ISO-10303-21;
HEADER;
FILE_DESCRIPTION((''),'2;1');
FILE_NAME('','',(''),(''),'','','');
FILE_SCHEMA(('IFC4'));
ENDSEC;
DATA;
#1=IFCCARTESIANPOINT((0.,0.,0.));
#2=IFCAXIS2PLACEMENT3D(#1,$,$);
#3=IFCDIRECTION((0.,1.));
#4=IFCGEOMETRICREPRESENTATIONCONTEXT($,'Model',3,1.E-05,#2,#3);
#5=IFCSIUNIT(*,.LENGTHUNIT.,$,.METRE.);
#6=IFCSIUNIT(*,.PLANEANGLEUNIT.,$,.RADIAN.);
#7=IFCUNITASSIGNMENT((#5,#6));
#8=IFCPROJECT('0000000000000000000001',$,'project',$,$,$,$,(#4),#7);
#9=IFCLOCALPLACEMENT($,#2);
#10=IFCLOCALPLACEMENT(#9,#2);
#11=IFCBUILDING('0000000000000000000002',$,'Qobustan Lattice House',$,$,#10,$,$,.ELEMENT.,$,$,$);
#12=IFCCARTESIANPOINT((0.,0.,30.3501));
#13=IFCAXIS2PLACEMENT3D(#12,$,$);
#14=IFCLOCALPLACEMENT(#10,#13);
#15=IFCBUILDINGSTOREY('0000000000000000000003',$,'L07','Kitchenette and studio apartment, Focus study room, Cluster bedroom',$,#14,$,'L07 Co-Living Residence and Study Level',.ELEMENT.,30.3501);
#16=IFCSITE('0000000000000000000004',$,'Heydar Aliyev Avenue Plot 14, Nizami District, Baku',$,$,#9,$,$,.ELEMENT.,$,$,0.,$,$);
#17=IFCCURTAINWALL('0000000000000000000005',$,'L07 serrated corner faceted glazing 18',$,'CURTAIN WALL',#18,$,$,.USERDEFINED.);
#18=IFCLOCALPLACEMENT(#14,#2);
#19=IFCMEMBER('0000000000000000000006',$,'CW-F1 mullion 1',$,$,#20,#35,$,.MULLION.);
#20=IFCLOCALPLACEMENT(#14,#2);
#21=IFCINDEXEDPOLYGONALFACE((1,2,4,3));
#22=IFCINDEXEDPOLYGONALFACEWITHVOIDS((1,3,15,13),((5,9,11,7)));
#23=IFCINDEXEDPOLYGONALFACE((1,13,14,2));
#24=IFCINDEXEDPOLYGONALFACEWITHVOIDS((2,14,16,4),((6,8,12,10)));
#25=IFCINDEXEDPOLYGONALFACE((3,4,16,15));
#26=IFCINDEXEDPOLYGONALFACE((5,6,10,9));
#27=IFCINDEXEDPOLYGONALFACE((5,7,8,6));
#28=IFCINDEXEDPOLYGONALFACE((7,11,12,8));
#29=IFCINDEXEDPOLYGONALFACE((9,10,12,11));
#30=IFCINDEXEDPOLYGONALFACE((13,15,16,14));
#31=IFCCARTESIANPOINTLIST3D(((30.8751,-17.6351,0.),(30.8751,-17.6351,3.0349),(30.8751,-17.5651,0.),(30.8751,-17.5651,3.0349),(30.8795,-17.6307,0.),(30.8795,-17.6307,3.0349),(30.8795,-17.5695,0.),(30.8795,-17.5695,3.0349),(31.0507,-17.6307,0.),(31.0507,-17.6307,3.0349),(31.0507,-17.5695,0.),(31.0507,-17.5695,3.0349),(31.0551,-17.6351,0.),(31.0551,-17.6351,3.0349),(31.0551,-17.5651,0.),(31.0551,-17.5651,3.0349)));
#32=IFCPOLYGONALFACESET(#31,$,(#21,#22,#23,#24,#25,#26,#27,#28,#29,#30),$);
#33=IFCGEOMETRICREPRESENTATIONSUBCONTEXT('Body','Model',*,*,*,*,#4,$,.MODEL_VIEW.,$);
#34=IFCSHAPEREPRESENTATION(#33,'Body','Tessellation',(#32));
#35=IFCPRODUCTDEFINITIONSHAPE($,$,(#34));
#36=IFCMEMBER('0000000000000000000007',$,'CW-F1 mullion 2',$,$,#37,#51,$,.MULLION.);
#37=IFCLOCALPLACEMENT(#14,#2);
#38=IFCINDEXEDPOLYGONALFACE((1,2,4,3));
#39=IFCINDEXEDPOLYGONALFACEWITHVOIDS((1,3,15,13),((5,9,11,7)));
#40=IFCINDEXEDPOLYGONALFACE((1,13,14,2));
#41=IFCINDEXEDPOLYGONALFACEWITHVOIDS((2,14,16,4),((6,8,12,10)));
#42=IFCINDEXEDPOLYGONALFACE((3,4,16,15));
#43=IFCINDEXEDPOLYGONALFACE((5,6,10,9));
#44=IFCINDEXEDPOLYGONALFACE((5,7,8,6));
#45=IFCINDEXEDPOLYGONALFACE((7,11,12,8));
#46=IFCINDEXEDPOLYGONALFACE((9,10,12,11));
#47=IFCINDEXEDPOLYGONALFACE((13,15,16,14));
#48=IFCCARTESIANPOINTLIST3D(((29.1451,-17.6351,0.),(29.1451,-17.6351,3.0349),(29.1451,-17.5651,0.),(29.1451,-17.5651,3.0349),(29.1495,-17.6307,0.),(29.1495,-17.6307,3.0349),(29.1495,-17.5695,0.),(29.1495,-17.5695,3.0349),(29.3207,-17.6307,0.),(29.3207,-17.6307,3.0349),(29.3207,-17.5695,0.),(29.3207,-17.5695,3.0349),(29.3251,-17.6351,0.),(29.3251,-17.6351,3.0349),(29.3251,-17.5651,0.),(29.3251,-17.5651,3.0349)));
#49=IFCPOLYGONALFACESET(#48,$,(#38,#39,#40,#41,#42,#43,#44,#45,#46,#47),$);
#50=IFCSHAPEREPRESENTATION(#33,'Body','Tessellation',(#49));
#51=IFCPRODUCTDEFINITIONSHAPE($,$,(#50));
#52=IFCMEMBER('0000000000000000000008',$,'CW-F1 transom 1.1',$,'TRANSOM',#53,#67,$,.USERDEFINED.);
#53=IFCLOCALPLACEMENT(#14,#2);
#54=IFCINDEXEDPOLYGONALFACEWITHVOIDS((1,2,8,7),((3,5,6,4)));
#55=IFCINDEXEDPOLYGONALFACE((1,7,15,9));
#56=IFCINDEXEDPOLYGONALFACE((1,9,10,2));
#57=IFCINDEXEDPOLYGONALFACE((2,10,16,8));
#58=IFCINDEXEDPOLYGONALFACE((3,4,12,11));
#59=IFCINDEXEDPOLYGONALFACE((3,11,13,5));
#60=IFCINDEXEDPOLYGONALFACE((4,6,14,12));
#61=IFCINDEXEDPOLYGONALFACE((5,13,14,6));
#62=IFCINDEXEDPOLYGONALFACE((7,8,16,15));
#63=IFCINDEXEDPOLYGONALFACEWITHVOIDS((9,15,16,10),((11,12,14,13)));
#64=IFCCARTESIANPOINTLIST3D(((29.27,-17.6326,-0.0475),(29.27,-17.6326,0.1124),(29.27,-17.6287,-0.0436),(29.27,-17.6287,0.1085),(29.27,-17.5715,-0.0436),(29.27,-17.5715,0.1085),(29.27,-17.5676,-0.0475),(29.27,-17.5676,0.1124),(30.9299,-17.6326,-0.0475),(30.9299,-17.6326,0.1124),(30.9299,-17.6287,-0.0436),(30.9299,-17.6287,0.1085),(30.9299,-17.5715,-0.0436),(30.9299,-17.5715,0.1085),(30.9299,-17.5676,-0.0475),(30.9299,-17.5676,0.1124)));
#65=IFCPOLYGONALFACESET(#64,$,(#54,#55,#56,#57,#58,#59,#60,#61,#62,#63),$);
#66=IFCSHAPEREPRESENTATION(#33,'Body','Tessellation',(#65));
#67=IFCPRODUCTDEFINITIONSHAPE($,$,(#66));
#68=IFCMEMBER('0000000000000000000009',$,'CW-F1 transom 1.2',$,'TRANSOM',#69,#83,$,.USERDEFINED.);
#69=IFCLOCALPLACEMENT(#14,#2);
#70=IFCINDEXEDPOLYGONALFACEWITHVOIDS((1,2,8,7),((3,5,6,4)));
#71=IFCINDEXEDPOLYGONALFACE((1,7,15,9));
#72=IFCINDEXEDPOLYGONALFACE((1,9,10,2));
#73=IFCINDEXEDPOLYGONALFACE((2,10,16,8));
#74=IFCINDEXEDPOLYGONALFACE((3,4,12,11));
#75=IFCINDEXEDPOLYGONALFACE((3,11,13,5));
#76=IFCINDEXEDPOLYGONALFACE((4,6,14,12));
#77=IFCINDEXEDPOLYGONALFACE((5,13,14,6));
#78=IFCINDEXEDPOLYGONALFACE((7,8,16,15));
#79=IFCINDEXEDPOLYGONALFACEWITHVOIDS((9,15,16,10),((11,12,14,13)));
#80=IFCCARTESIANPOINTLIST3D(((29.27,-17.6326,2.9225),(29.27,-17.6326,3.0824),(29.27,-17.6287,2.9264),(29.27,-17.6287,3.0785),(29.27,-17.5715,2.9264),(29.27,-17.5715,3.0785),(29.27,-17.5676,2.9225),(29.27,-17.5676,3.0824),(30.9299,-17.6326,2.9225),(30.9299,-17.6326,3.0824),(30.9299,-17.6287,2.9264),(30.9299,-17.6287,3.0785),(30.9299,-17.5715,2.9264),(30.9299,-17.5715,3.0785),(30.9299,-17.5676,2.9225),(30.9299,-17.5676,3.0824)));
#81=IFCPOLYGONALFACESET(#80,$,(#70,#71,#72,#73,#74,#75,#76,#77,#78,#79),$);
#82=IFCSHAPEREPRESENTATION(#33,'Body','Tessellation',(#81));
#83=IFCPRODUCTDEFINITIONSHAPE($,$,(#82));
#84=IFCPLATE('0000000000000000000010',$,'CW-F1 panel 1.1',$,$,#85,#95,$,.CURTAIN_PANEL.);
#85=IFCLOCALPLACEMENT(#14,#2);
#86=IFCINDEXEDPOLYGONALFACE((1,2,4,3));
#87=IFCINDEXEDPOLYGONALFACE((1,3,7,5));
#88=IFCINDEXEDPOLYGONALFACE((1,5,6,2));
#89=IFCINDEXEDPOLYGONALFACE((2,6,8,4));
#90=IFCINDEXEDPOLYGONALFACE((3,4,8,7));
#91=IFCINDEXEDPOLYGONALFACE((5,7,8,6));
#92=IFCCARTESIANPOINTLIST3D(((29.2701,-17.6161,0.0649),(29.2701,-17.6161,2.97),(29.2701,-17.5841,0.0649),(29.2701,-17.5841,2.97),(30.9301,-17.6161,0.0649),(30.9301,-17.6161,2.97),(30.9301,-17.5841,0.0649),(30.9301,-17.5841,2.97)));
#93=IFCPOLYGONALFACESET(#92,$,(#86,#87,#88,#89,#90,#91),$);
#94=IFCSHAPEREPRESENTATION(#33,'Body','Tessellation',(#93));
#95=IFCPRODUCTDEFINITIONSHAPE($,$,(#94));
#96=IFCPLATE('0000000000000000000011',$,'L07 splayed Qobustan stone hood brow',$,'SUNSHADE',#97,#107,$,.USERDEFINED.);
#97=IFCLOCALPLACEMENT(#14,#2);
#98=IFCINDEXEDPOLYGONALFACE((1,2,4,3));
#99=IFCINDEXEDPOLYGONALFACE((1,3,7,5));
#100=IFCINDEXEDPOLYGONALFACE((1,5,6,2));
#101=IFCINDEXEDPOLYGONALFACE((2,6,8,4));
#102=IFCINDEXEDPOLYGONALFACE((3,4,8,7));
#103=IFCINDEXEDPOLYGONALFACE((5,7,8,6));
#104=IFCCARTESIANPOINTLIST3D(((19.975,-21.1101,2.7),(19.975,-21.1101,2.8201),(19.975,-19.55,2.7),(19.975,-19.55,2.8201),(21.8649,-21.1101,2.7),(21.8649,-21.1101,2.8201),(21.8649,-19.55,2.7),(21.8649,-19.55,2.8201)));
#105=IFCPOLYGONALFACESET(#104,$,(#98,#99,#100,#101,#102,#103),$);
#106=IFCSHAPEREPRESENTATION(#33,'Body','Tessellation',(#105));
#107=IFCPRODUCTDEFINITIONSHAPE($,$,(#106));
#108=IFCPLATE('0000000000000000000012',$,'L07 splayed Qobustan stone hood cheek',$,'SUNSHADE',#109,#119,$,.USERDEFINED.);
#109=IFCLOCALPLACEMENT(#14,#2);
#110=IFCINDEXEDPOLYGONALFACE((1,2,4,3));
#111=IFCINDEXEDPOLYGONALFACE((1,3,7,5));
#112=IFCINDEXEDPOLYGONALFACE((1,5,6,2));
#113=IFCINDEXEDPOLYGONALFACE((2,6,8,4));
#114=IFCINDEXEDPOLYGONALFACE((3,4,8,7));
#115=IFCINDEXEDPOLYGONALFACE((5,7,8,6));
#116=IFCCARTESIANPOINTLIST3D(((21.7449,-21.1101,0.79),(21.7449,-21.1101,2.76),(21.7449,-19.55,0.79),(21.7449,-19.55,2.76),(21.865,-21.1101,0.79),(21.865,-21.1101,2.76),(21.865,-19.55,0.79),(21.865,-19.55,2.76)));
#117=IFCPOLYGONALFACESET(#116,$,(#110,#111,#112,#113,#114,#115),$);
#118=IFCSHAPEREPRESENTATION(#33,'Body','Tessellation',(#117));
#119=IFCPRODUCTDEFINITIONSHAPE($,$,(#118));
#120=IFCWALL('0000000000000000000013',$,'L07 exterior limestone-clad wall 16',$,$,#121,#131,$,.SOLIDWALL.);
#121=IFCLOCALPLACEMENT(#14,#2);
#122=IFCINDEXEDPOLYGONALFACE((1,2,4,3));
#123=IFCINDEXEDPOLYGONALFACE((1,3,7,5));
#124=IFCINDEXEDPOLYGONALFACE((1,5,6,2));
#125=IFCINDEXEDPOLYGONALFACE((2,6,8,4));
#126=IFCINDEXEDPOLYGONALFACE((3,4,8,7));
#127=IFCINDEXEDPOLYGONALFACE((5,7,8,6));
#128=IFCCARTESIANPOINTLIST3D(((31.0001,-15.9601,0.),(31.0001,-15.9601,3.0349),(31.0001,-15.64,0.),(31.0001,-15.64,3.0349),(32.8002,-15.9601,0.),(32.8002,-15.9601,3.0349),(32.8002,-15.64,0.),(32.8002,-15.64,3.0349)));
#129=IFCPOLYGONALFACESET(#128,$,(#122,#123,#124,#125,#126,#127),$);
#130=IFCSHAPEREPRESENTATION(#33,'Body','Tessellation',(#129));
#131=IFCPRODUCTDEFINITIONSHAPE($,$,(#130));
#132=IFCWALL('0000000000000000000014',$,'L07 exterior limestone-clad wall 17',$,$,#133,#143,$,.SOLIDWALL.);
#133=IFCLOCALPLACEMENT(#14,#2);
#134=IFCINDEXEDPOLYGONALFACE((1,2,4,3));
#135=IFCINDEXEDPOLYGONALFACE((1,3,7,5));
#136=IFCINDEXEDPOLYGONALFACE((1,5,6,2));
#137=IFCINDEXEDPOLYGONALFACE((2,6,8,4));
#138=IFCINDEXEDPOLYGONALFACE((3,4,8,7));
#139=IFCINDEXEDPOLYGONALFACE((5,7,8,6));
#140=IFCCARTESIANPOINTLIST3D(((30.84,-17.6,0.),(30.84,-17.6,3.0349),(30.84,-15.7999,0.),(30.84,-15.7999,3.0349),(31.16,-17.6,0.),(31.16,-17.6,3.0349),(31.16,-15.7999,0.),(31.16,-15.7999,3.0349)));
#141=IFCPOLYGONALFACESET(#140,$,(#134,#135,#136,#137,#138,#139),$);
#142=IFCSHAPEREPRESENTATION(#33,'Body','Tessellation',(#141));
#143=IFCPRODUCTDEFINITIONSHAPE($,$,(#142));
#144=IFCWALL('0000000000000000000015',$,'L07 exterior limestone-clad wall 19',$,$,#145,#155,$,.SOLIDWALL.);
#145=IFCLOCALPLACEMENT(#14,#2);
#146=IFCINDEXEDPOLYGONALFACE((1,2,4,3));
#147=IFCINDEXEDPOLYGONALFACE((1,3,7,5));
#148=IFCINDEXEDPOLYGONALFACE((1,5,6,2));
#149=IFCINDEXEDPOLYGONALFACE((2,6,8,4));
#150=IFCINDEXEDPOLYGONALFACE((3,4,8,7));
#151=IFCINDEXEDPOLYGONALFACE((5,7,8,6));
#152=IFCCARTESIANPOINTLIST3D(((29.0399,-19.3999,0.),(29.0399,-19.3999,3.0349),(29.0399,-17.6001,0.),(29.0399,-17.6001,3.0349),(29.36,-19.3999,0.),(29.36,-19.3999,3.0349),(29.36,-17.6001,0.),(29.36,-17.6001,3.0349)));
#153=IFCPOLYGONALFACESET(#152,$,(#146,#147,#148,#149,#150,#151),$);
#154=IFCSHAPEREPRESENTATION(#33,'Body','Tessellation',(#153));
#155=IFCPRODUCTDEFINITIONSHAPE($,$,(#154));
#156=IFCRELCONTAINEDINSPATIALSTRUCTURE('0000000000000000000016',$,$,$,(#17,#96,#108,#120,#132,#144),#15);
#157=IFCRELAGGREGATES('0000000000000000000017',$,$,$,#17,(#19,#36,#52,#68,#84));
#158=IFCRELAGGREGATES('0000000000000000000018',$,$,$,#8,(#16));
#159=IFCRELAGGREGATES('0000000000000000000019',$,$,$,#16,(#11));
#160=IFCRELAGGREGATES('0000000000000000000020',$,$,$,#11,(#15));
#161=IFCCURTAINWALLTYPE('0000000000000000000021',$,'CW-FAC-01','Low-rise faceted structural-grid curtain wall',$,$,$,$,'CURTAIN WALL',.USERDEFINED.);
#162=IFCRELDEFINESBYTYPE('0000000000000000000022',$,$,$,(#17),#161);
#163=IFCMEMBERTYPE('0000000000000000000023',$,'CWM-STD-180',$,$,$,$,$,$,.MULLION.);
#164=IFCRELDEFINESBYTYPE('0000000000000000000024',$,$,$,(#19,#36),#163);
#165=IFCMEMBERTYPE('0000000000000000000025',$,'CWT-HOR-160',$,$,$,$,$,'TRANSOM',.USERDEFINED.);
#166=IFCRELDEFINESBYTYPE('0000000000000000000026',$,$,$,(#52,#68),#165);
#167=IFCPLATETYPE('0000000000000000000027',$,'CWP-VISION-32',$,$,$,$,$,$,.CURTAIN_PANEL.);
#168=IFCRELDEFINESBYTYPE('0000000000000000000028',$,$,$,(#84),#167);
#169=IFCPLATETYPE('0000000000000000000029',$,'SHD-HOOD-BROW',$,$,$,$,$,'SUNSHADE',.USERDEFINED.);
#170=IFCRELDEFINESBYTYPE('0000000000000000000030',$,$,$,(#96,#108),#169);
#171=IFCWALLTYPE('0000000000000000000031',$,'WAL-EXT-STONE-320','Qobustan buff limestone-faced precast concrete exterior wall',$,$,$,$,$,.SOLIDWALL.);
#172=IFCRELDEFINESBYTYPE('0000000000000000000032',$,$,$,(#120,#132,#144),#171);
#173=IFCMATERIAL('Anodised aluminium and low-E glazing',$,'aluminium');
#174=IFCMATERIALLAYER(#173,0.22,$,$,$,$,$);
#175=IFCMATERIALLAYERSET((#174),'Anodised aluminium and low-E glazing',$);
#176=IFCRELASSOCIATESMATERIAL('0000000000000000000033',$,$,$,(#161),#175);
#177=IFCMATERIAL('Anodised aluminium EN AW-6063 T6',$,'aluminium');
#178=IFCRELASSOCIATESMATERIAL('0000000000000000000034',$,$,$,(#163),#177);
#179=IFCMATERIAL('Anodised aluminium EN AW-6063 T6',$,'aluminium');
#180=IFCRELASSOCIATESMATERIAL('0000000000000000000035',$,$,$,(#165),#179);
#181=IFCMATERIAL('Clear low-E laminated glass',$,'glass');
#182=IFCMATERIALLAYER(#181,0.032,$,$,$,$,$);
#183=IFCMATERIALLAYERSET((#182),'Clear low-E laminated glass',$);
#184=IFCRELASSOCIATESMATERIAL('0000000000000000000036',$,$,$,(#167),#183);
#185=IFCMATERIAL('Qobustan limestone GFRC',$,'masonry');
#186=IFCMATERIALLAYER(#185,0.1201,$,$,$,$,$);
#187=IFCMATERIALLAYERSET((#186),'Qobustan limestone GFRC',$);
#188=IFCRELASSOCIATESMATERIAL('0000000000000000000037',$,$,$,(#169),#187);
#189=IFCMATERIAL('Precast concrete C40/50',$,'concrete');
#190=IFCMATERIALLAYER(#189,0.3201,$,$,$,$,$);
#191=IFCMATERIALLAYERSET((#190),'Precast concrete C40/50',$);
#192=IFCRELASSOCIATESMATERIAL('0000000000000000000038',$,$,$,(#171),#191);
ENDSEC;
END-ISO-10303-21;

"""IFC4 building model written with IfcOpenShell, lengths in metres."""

from ifc_helpers import new_model, si_unit, direction, frame, frame_2d, origin, origin_2d, place, context, subcontext, project, spatial, rectangle, hollow_rectangle, extrude, material, layer, layer_set, material_profile, profile_set, type_object, element, aggregate, save


model = new_model("IFC4")

# Units and contexts
model_context = context("Model", 3, precision=1e-05, world=origin(), true_north=direction((0.0, 1.0)))
body_context = subcontext(model_context, "Body", "Model", "MODEL_VIEW")
ifc_project = project(units=[si_unit("LENGTHUNIT", "METRE"), si_unit("PLANEANGLEUNIT", "RADIAN")], contexts=[model_context])

# Site, building, storey
site_placement = place(None, origin())
site = spatial("IfcSite", under=ifc_project, at=site_placement, Name="Heydar Aliyev Avenue Plot 14, Nizami District, Baku", CompositionType="ELEMENT", RefElevation=0.0)
building_placement = place(site_placement, origin())
building = spatial("IfcBuilding", under=site, at=building_placement, Name="Qobustan Lattice House", CompositionType="ELEMENT")
storey_placement = place(building_placement, frame((0.0, 0.0, 30.3501)))
storey = spatial("IfcBuildingStorey", under=building, at=storey_placement, Name="L07", Description="Kitchenette and studio apartment, Focus study room, Cluster bedroom", LongName="L07 Co-Living Residence and Study Level", CompositionType="ELEMENT", Elevation=30.3501)

# Curtain wall, members, plate
ifc_material_1 = material(Name="Anodised aluminium and low-E glazing", Category="aluminium")
ifc_layer_1 = layer(ifc_material_1, 0.22)
ifc_layer_set_1 = layer_set([ifc_layer_1], Name="Anodised aluminium and low-E glazing")
curtain_wall_type = type_object("IfcCurtainWallType", Name="CW-FAC-01", Description="Low-rise faceted structural-grid curtain wall", ElementType="CURTAIN WALL", PredefinedType="USERDEFINED", material=ifc_layer_set_1)
curtain_wall_placement = place(storey_placement, origin())
curtain_wall = element("IfcCurtainWall", 1, at=curtain_wall_placement, inside=storey, type_object=curtain_wall_type, Name="L07 serrated corner faceted glazing 18", ObjectType="CURTAIN WALL", PredefinedType="USERDEFINED")
ifc_material_2 = material(Name="Anodised aluminium EN AW-6063 T6", Category="aluminium")
ifc_material_profile_1 = material_profile(ifc_material_2, hollow_rectangle(XDim=0.0701, YDim=0.1799, WallThickness=0.0044, at=origin_2d()), Name="CWM-180x70")
ifc_profile_set_1 = profile_set([ifc_material_profile_1], Name="Anodised aluminium EN AW-6063 T6")
member_type_1 = type_object("IfcMemberType", Name="CWM-STD-180", PredefinedType="MULLION", material=ifc_profile_set_1)
member_1_placement = place(storey_placement, frame((30.9651, -17.6001, 0.0), z_axis=(0.0, 0.0, 1.0), x_axis=(0.0, -1.0, 0.0)))
member_1 = element("IfcMember", 2, at=member_1_placement, type_object=member_type_1, Name="CW-F1 mullion 1", PredefinedType="MULLION", context=body_context, shape_type="SweptSolid", body=[
    extrude(hollow_rectangle(XDim=0.0701, YDim=0.1799, WallThickness=0.0044, at=origin_2d()), origin(), (0.0, 0.0, 1.0), 3.0349),
])
member_2_placement = place(storey_placement, frame((29.2351, -17.6001, 0.0), z_axis=(0.0, 0.0, 1.0), x_axis=(0.0, -1.0, 0.0)))
member_2 = element("IfcMember", 3, at=member_2_placement, type_object=member_type_1, Name="CW-F1 mullion 2", PredefinedType="MULLION", context=body_context, shape_type="SweptSolid", body=[
    extrude(hollow_rectangle(XDim=0.0701, YDim=0.1799, WallThickness=0.0044, at=origin_2d()), origin(), (0.0, 0.0, 1.0), 3.0349),
])
ifc_material_3 = material(Name="Anodised aluminium EN AW-6063 T6", Category="aluminium")
ifc_material_profile_2 = material_profile(ifc_material_3, hollow_rectangle(XDim=0.0649, YDim=0.1599, WallThickness=0.0039, at=origin_2d()), Name="CWT-160x65")
ifc_profile_set_2 = profile_set([ifc_material_profile_2], Name="Anodised aluminium EN AW-6063 T6")
member_type_2 = type_object("IfcMemberType", Name="CWT-HOR-160", ElementType="TRANSOM", PredefinedType="USERDEFINED", material=ifc_profile_set_2)
member_3_placement = place(storey_placement, frame((30.9299, -17.6001, 0.0325), z_axis=(-1.0, 0.0, 0.0), x_axis=(0.0, -1.0, 0.0)))
member_3 = element("IfcMember", 4, at=member_3_placement, type_object=member_type_2, Name="CW-F1 transom 1.1", ObjectType="TRANSOM", PredefinedType="USERDEFINED", context=body_context, shape_type="SweptSolid", body=[
    extrude(hollow_rectangle(XDim=0.0649, YDim=0.1599, WallThickness=0.0039, at=origin_2d()), origin(), (0.0, 0.0, 1.0), 1.6599),
])
member_4_placement = place(storey_placement, frame((30.9299, -17.6001, 3.0024), z_axis=(-1.0, 0.0, 0.0), x_axis=(0.0, -1.0, 0.0)))
member_4 = element("IfcMember", 5, at=member_4_placement, type_object=member_type_2, Name="CW-F1 transom 1.2", ObjectType="TRANSOM", PredefinedType="USERDEFINED", context=body_context, shape_type="SweptSolid", body=[
    extrude(hollow_rectangle(XDim=0.0649, YDim=0.1599, WallThickness=0.0039, at=origin_2d()), origin(), (0.0, 0.0, 1.0), 1.6599),
])
ifc_material_4 = material(Name="Clear low-E laminated glass", Category="glass")
ifc_layer_2 = layer(ifc_material_4, 0.032)
ifc_layer_set_2 = layer_set([ifc_layer_2], Name="Clear low-E laminated glass")
plate_type_1 = type_object("IfcPlateType", Name="CWP-VISION-32", PredefinedType="CURTAIN_PANEL", material=ifc_layer_set_2)
plate_1_placement = place(storey_placement, frame((30.1001, -17.6001, 0.0649), z_axis=(0.0, 0.0, 1.0), x_axis=(-1.0, 0.0, 0.0)))
plate_1 = element("IfcPlate", 6, at=plate_1_placement, type_object=plate_type_1, Name="CW-F1 panel 1.1", PredefinedType="CURTAIN_PANEL", context=body_context, shape_type="SweptSolid", body=[
    extrude(rectangle(XDim=1.6599, YDim=0.032, at=origin_2d()), origin(), (0.0, 0.0, 1.0), 2.905),
])
aggregate(curtain_wall, [member_1, member_2, member_3, member_4, plate_1])

# Plates
ifc_material_5 = material(Name="Qobustan limestone GFRC", Category="masonry")
ifc_layer_3 = layer(ifc_material_5, 0.1201)
ifc_layer_set_3 = layer_set([ifc_layer_3], Name="Qobustan limestone GFRC")
plate_type_2 = type_object("IfcPlateType", Name="SHD-HOOD-BROW", ElementType="SUNSHADE", PredefinedType="USERDEFINED", material=ifc_layer_set_3)
plate_2_placement = place(storey_placement, frame((20.9199, -20.3301, 2.7), z_axis=(0.0, 0.0, 1.0), x_axis=(-1.0, 0.0, 0.0)))
element("IfcPlate", 7, at=plate_2_placement, inside=storey, type_object=plate_type_2, Name="L07 splayed Qobustan stone hood brow", ObjectType="SUNSHADE", PredefinedType="USERDEFINED", context=body_context, shape_type="SweptSolid", body=[
    extrude(rectangle(XDim=1.8899, YDim=1.5601, at=origin_2d()), origin(), (0.0, 0.0, 1.0), 0.1201),
])
plate_3_placement = place(storey_placement, frame((21.8049, -20.3301, 0.79), z_axis=(0.0, 0.0, 1.0), x_axis=(-1.0, 0.0, 0.0)))
element("IfcPlate", 8, at=plate_3_placement, inside=storey, type_object=plate_type_2, Name="L07 splayed Qobustan stone hood cheek", ObjectType="SUNSHADE", PredefinedType="USERDEFINED", context=body_context, shape_type="SweptSolid", body=[
    extrude(rectangle(XDim=0.1201, YDim=1.5601, at=origin_2d()), origin(), (0.0, 0.0, 1.0), 1.97),
])

# Walls
ifc_material_6 = material(Name="Precast concrete C40/50", Category="concrete")
ifc_layer_4 = layer(ifc_material_6, 0.3201)
ifc_layer_set_4 = layer_set([ifc_layer_4], Name="Precast concrete C40/50")
wall_type = type_object("IfcWallType", Name="WAL-EXT-STONE-320", Description="Qobustan buff limestone-faced precast concrete exterior wall", PredefinedType="SOLIDWALL", material=ifc_layer_set_4)
for number, where, z_axis, x_axis, name in (
    (9, (32.8, -15.8, 0.0), (0.0, 0.0, 1.0), (-1.0, 0.0, 0.0), "L07 exterior limestone-clad wall 16"),
    (10, (31.0, -15.8, 0.0), (0.0, 0.0, 1.0), (0.0, -1.0, 0.0), "L07 exterior limestone-clad wall 17"),
):
    element("IfcWall", number, at=place(storey_placement, frame(where, z_axis=z_axis, x_axis=x_axis)), inside=storey, type_object=wall_type, Name=name, PredefinedType="SOLIDWALL", context=body_context, shape_type="SweptSolid", body=[
        extrude(rectangle(XDim=1.8, YDim=0.3201, at=frame_2d((0.8999, 0.0))), origin(), (0.0, 0.0, 1.0), 3.0349),
    ])
wall_1_placement = place(storey_placement, frame((29.2, -17.6001, 0.0), z_axis=(0.0, 0.0, 1.0), x_axis=(0.0, -1.0, 0.0)))
element("IfcWall", 11, at=wall_1_placement, inside=storey, type_object=wall_type, Name="L07 exterior limestone-clad wall 19", PredefinedType="SOLIDWALL", context=body_context, shape_type="SweptSolid", body=[
    extrude(rectangle(XDim=1.7998, YDim=0.3201, at=frame_2d((0.8999, 0.0))), origin(), (0.0, 0.0, 1.0), 3.0349),
])

save(model, "model.ifc")
